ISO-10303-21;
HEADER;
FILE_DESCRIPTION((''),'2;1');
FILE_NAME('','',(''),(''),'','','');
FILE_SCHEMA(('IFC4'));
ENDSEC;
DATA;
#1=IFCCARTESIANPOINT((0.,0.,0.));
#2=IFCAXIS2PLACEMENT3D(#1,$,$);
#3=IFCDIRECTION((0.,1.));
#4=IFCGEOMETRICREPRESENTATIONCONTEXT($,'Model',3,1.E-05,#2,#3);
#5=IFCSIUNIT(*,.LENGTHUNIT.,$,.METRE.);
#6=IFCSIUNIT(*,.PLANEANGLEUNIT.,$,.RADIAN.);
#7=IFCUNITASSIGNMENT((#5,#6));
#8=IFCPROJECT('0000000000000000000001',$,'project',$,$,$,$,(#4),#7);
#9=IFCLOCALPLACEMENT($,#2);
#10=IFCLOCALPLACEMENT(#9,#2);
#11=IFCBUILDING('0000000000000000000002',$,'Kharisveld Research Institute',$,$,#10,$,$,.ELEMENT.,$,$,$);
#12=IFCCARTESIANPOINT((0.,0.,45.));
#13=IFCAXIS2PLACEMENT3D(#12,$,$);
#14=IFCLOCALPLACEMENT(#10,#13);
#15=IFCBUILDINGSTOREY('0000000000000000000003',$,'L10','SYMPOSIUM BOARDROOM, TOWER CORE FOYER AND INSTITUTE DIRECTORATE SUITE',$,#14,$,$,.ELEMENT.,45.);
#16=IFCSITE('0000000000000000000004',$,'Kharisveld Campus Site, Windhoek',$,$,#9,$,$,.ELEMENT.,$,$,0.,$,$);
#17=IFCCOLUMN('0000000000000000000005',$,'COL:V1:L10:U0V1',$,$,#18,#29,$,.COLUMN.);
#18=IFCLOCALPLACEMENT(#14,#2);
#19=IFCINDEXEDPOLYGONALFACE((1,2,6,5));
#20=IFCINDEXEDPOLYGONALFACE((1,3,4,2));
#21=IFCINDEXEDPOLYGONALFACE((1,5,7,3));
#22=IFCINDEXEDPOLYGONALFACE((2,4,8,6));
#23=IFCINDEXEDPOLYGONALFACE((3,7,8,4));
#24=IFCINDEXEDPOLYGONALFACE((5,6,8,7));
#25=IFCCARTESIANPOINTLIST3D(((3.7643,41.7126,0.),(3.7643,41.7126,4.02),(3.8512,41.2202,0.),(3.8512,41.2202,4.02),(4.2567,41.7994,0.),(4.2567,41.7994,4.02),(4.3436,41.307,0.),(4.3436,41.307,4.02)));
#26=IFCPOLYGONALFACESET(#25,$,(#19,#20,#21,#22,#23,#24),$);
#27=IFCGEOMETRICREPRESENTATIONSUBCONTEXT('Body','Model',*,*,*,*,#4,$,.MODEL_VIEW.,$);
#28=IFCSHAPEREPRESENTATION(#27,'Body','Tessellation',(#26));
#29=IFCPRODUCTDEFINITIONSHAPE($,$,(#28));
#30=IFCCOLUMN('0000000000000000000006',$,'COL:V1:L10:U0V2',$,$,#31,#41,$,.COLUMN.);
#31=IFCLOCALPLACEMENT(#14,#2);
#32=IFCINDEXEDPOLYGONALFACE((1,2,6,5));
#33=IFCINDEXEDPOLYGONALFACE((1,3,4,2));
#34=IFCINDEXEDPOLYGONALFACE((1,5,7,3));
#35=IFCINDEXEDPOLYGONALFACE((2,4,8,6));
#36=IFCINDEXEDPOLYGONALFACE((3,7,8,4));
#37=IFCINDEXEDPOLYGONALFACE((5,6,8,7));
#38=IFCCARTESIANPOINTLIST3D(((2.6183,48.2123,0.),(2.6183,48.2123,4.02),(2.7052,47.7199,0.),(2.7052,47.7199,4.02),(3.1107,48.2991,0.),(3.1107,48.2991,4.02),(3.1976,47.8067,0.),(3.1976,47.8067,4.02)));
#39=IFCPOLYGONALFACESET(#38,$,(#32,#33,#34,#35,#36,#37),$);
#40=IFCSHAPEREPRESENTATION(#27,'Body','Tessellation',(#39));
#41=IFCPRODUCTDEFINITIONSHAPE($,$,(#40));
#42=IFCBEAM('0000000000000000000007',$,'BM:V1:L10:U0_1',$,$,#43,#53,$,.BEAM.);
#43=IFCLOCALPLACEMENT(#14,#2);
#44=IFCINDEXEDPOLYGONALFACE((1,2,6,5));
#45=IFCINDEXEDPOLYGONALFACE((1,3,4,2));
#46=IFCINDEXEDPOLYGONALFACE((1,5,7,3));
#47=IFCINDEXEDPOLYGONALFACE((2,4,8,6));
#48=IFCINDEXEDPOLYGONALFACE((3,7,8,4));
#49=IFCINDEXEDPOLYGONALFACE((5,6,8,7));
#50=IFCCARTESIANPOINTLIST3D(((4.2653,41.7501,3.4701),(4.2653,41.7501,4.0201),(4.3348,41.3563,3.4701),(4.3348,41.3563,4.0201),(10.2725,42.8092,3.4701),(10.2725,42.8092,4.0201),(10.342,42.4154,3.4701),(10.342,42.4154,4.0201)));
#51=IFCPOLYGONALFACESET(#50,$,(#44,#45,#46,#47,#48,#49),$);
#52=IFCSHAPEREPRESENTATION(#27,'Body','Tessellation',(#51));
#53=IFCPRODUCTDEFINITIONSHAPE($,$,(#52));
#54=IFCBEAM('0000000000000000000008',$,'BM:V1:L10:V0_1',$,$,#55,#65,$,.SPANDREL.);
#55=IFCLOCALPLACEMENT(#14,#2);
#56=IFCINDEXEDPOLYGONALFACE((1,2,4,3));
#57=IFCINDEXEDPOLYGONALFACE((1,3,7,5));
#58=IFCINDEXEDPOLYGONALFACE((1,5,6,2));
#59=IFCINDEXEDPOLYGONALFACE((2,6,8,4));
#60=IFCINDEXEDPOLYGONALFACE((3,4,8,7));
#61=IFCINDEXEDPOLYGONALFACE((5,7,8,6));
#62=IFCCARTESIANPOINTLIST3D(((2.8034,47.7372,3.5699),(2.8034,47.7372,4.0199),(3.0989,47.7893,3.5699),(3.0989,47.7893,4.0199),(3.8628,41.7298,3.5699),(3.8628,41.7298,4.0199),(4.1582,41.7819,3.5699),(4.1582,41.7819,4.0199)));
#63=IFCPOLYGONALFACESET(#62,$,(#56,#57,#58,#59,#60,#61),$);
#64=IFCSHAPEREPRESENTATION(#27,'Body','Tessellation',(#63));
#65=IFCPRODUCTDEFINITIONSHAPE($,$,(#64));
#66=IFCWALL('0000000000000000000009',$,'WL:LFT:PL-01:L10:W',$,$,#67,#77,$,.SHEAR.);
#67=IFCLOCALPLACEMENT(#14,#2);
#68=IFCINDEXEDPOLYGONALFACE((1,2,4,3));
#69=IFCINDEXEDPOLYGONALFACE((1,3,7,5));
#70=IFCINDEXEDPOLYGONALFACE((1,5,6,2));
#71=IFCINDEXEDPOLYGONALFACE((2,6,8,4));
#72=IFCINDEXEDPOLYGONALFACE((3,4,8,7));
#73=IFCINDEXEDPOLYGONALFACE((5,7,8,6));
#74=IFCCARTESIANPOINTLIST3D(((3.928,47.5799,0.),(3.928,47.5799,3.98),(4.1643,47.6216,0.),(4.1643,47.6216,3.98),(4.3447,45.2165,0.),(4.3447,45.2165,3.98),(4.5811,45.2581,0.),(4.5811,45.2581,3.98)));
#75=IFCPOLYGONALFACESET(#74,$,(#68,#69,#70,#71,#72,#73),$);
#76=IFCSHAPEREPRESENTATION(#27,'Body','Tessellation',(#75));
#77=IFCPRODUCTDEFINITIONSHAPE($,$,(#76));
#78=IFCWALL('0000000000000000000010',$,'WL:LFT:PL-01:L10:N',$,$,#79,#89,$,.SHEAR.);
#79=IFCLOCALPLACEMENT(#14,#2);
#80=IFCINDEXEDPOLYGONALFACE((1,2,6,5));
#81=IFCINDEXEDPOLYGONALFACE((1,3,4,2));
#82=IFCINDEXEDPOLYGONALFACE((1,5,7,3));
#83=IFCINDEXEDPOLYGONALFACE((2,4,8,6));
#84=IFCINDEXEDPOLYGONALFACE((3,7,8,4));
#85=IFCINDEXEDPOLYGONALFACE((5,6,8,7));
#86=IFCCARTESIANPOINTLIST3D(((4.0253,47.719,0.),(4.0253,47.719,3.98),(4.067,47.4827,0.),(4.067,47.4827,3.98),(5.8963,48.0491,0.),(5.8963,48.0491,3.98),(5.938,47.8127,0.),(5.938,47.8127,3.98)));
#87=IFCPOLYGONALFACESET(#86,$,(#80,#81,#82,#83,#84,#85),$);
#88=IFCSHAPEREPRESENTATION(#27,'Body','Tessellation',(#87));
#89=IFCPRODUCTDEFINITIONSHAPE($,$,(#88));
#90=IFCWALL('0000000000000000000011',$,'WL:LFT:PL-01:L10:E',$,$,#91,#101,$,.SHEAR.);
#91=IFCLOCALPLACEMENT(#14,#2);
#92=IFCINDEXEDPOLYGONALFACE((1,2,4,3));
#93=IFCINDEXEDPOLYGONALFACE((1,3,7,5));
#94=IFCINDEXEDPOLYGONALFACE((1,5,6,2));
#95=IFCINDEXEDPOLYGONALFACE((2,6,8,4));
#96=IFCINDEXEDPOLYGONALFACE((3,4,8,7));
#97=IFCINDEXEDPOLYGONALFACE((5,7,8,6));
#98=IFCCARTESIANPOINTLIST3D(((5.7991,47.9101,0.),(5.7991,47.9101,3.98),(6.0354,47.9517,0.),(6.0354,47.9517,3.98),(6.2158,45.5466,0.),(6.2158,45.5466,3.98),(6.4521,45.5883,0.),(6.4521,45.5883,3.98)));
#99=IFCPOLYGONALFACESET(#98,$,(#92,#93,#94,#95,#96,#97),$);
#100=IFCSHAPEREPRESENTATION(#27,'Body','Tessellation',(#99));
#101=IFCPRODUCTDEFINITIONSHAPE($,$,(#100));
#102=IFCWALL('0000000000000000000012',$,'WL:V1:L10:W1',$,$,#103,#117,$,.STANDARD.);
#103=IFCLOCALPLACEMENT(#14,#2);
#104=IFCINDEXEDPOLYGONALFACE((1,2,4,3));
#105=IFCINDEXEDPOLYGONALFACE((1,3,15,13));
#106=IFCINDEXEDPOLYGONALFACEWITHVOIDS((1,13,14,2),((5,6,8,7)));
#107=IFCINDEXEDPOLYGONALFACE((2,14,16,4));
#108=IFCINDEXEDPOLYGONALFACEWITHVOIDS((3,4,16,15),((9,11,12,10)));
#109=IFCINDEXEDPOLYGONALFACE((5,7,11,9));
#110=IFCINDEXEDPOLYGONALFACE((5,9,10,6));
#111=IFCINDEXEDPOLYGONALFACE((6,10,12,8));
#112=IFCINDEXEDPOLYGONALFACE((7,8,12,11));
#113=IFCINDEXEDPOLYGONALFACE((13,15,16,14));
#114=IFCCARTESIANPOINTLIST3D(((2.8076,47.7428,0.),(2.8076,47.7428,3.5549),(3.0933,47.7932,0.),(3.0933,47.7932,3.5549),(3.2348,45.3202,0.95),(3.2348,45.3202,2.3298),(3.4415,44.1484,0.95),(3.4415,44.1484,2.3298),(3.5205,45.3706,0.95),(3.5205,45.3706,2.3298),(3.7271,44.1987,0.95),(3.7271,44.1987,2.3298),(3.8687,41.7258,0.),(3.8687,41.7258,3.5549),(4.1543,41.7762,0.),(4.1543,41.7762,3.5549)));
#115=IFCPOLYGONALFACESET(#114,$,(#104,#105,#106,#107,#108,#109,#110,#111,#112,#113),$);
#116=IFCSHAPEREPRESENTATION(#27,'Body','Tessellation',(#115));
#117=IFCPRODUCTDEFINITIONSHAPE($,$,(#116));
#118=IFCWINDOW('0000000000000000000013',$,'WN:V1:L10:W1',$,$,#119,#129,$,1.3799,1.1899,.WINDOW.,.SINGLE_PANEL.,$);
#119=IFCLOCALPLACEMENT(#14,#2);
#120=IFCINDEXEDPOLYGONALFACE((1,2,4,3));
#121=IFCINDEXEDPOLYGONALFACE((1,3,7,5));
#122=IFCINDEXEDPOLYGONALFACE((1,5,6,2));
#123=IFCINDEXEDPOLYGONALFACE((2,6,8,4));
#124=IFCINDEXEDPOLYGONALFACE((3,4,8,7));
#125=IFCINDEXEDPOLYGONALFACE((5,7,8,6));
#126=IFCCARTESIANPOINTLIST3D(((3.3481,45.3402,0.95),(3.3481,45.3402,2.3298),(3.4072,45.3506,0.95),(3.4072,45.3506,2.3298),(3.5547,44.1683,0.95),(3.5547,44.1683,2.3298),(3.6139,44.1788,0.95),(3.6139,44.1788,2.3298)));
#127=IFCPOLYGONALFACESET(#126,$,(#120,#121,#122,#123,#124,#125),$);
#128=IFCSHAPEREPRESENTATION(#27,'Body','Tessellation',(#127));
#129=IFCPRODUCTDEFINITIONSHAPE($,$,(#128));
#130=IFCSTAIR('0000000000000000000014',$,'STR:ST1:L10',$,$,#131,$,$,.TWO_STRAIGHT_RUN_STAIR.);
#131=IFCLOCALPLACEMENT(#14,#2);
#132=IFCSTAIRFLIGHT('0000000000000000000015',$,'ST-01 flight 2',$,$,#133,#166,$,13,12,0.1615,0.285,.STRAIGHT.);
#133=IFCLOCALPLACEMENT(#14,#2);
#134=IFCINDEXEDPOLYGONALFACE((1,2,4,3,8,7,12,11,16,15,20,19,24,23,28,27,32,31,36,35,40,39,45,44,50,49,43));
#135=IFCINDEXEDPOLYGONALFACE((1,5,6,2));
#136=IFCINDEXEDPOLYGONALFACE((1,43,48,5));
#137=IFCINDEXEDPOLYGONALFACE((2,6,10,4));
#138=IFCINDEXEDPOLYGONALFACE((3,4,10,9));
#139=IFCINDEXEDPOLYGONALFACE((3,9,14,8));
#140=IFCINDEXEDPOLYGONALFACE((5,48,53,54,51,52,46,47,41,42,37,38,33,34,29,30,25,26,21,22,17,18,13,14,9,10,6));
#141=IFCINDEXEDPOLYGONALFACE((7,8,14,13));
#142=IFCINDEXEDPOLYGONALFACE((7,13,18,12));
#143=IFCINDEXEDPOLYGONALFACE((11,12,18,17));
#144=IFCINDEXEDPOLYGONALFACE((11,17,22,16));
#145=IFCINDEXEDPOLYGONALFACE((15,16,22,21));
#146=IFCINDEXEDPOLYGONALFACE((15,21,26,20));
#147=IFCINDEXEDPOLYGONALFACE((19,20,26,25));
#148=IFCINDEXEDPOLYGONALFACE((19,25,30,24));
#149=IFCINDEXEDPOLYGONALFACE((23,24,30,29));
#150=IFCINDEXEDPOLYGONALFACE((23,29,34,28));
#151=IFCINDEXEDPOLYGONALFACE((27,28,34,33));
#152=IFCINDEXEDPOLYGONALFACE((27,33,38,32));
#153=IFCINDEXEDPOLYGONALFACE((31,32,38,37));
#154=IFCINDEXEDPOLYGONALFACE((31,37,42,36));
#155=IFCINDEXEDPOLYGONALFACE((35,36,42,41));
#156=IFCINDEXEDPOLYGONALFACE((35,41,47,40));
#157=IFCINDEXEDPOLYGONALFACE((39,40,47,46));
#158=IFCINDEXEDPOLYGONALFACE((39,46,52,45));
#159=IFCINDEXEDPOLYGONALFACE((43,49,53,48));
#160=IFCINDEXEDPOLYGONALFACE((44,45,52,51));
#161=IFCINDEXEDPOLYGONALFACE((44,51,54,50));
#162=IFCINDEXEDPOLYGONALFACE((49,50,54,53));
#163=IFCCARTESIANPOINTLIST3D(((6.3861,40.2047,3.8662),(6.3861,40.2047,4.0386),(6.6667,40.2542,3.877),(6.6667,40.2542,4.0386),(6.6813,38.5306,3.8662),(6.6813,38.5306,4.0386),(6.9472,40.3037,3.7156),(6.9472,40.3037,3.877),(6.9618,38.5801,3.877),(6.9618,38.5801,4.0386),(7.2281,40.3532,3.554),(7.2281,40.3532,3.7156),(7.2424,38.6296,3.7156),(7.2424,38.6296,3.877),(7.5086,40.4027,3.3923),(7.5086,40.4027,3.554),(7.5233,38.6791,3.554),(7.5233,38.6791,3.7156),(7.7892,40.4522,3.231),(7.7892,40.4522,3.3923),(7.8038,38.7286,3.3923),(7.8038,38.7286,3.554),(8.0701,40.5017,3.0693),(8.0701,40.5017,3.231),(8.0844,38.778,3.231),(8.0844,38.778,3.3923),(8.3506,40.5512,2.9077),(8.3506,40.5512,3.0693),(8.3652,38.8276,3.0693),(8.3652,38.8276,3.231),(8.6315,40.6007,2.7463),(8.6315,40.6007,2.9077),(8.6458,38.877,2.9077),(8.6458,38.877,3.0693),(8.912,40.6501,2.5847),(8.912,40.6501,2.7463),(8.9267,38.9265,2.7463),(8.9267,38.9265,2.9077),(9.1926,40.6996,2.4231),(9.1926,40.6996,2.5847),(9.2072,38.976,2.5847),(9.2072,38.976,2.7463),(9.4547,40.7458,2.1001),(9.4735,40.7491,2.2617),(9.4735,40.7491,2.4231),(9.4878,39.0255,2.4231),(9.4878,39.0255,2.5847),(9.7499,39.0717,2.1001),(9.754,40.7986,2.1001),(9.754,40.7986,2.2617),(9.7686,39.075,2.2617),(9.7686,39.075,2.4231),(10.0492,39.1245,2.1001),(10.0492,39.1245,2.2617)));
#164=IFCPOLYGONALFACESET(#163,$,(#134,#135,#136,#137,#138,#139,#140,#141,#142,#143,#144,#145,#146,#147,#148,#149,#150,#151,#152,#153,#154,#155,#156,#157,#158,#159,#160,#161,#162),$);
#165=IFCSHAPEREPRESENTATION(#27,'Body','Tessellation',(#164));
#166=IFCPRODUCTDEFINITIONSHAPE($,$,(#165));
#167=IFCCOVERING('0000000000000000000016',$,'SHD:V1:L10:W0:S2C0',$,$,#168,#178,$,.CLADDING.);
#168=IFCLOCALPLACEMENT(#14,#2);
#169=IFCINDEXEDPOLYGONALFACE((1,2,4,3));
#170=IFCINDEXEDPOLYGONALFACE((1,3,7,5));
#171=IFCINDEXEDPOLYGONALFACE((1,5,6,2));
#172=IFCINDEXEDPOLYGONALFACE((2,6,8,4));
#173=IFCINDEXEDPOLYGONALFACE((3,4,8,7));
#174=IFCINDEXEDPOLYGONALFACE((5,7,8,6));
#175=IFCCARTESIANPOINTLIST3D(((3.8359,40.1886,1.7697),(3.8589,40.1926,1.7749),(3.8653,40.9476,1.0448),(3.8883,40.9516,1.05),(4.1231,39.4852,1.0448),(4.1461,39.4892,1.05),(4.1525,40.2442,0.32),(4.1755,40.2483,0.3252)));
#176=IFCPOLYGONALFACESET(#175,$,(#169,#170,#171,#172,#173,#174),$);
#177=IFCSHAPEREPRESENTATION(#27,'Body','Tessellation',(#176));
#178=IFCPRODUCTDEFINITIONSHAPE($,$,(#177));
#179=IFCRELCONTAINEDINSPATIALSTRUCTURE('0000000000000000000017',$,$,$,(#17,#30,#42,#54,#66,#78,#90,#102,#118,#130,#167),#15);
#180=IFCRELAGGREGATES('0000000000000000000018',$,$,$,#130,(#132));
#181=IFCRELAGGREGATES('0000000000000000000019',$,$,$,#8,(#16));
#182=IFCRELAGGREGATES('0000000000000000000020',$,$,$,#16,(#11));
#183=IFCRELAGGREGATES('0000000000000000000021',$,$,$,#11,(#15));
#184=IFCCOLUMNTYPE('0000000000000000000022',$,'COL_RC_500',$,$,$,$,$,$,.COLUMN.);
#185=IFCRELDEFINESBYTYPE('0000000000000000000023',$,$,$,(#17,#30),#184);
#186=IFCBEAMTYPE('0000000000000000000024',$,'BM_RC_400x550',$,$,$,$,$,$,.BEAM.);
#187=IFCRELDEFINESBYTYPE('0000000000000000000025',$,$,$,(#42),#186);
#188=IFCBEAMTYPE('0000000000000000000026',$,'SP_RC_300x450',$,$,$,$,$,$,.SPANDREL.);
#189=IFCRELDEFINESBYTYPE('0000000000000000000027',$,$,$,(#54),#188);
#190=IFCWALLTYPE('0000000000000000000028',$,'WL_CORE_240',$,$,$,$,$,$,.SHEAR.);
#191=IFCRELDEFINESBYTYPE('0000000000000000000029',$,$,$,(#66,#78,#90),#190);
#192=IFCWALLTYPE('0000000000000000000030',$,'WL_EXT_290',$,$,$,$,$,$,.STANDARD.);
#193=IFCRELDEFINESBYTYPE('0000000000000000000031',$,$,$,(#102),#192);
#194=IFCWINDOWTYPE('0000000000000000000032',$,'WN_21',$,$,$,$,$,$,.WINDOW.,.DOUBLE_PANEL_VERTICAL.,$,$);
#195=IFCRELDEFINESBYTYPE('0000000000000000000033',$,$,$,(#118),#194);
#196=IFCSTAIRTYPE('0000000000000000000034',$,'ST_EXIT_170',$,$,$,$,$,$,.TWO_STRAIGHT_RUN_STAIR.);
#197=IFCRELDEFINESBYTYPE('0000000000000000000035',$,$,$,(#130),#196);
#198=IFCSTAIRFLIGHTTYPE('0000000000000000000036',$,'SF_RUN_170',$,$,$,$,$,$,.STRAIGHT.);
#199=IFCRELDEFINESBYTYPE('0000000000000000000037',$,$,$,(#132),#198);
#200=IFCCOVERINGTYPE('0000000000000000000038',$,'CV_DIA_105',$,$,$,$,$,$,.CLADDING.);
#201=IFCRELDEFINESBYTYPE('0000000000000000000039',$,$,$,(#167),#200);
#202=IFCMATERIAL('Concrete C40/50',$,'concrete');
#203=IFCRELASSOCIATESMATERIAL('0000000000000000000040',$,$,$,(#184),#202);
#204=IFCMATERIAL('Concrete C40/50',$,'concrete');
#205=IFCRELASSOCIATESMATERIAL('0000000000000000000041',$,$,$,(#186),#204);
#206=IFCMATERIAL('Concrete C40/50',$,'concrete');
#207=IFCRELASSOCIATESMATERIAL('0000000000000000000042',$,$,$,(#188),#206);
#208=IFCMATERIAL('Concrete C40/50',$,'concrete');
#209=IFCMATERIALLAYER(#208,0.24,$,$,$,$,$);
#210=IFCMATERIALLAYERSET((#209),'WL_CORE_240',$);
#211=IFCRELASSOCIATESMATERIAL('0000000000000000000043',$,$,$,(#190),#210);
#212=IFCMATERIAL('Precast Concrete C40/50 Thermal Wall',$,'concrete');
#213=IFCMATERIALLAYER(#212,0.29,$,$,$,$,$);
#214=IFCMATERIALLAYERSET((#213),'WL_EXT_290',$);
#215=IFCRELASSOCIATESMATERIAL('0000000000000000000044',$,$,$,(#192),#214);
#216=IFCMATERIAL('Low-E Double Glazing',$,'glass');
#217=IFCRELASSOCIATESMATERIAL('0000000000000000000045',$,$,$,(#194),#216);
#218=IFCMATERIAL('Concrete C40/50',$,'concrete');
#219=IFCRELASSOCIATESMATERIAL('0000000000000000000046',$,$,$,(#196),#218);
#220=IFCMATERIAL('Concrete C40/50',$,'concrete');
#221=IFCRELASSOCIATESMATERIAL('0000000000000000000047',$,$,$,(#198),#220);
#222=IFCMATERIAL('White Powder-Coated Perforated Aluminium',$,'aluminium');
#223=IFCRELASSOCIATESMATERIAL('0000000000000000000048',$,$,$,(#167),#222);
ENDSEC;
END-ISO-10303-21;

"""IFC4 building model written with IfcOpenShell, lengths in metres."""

from ifc_helpers import new_model, si_unit, direction, frame, frame_2d, origin, origin_2d, place, context, subcontext, project, spatial, polyline, rectangle, outline, extrude, material, layer, layer_set, material_profile, profile_set, type_object, element, fill, aggregate, save


model = new_model("IFC4")

# Units and contexts
model_context = context("Model", 3, precision=1e-05, world=origin(), true_north=direction((0.0, 1.0)))
body_context = subcontext(model_context, "Body", "Model", "MODEL_VIEW")
ifc_project = project(units=[si_unit("LENGTHUNIT", "METRE"), si_unit("PLANEANGLEUNIT", "RADIAN")], contexts=[model_context])

# Site, building, storey
site_placement = place(None, origin())
site = spatial("IfcSite", under=ifc_project, at=site_placement, Name="Kharisveld Campus Site, Windhoek", CompositionType="ELEMENT", RefElevation=0.0)
building_placement = place(site_placement, origin())
building = spatial("IfcBuilding", under=site, at=building_placement, Name="Kharisveld Research Institute", CompositionType="ELEMENT")
storey_placement = place(building_placement, frame((0.0, 0.0, 45.0)))
storey = spatial("IfcBuildingStorey", under=building, at=storey_placement, Name="L10", Description="SYMPOSIUM BOARDROOM, TOWER CORE FOYER AND INSTITUTE DIRECTORATE SUITE", CompositionType="ELEMENT", Elevation=45.0)

# Columns
ifc_material_1 = material(Name="Concrete C40/50", Category="concrete")
ifc_material_profile_1 = material_profile(ifc_material_1, rectangle(XDim=0.5, YDim=0.5, at=origin_2d()))
ifc_profile_set_1 = profile_set([ifc_material_profile_1], Name="Concrete C40/50")
column_type = type_object("IfcColumnType", Name="COL_RC_500", PredefinedType="COLUMN", material=ifc_profile_set_1)
for number, where, z_axis, x_axis, name in (
    (1, (4.054, 41.5098, 0.0), (0.0, 0.0, 1.0), (0.984808, 0.173648, 0.0), "COL:V1:L10:U0V1"),
    (2, (2.908, 48.0095, 0.0), (0.0, 0.0, 1.0), (0.984808, 0.173648, 0.0), "COL:V1:L10:U0V2"),
):
    element("IfcColumn", number, at=place(storey_placement, frame(where, z_axis=z_axis, x_axis=x_axis)), inside=storey, type_object=column_type, Name=name, PredefinedType="COLUMN", context=body_context, shape_type="SweptSolid", body=[
        extrude(rectangle(XDim=0.5, YDim=0.5, at=origin_2d()), origin(), (0.0, 0.0, 1.0), 4.02),
    ])

# Beams
ifc_material_2 = material(Name="Concrete C40/50", Category="concrete")
ifc_material_profile_2 = material_profile(ifc_material_2, rectangle(XDim=0.3999, YDim=0.55, at=origin_2d()))
ifc_profile_set_2 = profile_set([ifc_material_profile_2], Name="Concrete C40/50")
beam_type_1 = type_object("IfcBeamType", Name="BM_RC_400x550", PredefinedType="BEAM", material=ifc_profile_set_2)
beam_1_placement = place(storey_placement, frame((4.3, 41.5532, 3.7451), z_axis=(0.984813, 0.173621, 0.0), x_axis=(-0.173621, 0.984813, 0.0)))
element("IfcBeam", 3, at=beam_1_placement, inside=storey, type_object=beam_type_1, Name="BM:V1:L10:U0_1", PredefinedType="BEAM", context=body_context, shape_type="SweptSolid", body=[
    extrude(rectangle(XDim=0.3999, YDim=0.55, at=origin_2d()), origin(), (0.0, 0.0, 1.0), 6.0999),
])
ifc_material_3 = material(Name="Concrete C40/50", Category="concrete")
ifc_material_profile_3 = material_profile(ifc_material_3, rectangle(XDim=0.3, YDim=0.45, at=origin_2d()))
ifc_profile_set_3 = profile_set([ifc_material_profile_3], Name="Concrete C40/50")
beam_type_2 = type_object("IfcBeamType", Name="SP_RC_300x450", PredefinedType="SPANDREL", material=ifc_profile_set_3)
beam_2_placement = place(storey_placement, frame((4.0105, 41.7559, 3.7949), z_axis=(-0.17366, 0.984806, 0.0), x_axis=(-0.984806, -0.17366, 0.0)))
element("IfcBeam", 4, at=beam_2_placement, inside=storey, type_object=beam_type_2, Name="BM:V1:L10:V0_1", PredefinedType="SPANDREL", context=body_context, shape_type="SweptSolid", body=[
    extrude(rectangle(XDim=0.3, YDim=0.45, at=origin_2d()), origin(), (0.0, 0.0, 1.0), 6.1001),
])

# Walls
ifc_material_4 = material(Name="Concrete C40/50", Category="concrete")
ifc_layer_1 = layer(ifc_material_4, 0.24)
ifc_layer_set_1 = layer_set([ifc_layer_1], Name="WL_CORE_240")
wall_type_1 = type_object("IfcWallType", Name="WL_CORE_240", PredefinedType="SHEAR", material=ifc_layer_set_1)
wall_1_placement = place(storey_placement, frame((4.4629, 45.2373, 0.0), z_axis=(0.0, 0.0, 1.0), x_axis=(-0.173646, 0.984808, 0.0)))
element("IfcWall", 5, at=wall_1_placement, inside=storey, type_object=wall_type_1, Name="WL:LFT:PL-01:L10:W", PredefinedType="SHEAR", context=body_context, shape_type="SweptSolid", body=[
    extrude(rectangle(XDim=2.3999, YDim=0.24, at=frame_2d((1.2, 0.0))), origin(), (0.0, 0.0, 1.0), 3.98),
])
wall_2_placement = place(storey_placement, frame((4.0461, 47.6008, 0.0), z_axis=(0.0, 0.0, 1.0), x_axis=(0.984794, 0.173727, 0.0)))
element("IfcWall", 6, at=wall_2_placement, inside=storey, type_object=wall_type_1, Name="WL:LFT:PL-01:L10:N", PredefinedType="SHEAR", context=body_context, shape_type="SweptSolid", body=[
    extrude(rectangle(XDim=1.8999, YDim=0.24, at=frame_2d((0.95, 0.0))), origin(), (0.0, 0.0, 1.0), 3.98),
])
wall_3_placement = place(storey_placement, frame((5.9172, 47.9309, 0.0), z_axis=(0.0, 0.0, 1.0), x_axis=(0.173646, -0.984808, 0.0)))
element("IfcWall", 7, at=wall_3_placement, inside=storey, type_object=wall_type_1, Name="WL:LFT:PL-01:L10:E", PredefinedType="SHEAR", context=body_context, shape_type="SweptSolid", body=[
    extrude(rectangle(XDim=2.3999, YDim=0.24, at=frame_2d((1.2, 0.0))), origin(), (0.0, 0.0, 1.0), 3.98),
])

# Wall, opening, window
ifc_material_5 = material(Name="Precast Concrete C40/50 Thermal Wall", Category="concrete")
ifc_layer_2 = layer(ifc_material_5, 0.29)
ifc_layer_set_2 = layer_set([ifc_layer_2], Name="WL_EXT_290")
wall_type_2 = type_object("IfcWallType", Name="WL_EXT_290", PredefinedType="STANDARD", material=ifc_layer_set_2)
wall_4_placement = place(storey_placement, frame((4.0115, 41.751, 0.0), z_axis=(0.0, 0.0, 1.0), x_axis=(-0.173658, 0.984806, 0.0)))
wall_4 = element("IfcWall", 8, at=wall_4_placement, inside=storey, type_object=wall_type_2, Name="WL:V1:L10:W1", PredefinedType="STANDARD", context=body_context, shape_type="SweptSolid", body=[
    extrude(rectangle(XDim=6.1099, YDim=0.29, at=frame_2d((3.0549, 0.0))), origin(), (0.0, 0.0, 1.0), 3.5549),
])
opening_1_placement = place(wall_4_placement, frame((2.46, 0.0, 0.95)))
opening_1 = element("IfcOpeningElement", 9, at=opening_1_placement, cuts=wall_4, PredefinedType="OPENING", context=body_context, shape_type="SweptSolid", body=[
    extrude(rectangle(XDim=1.1899, YDim=1.3799, at=frame_2d((0.595, 0.6899))), frame((0.0, 0.145, 0.0), z_axis=(0.0, -1.0, 0.0), x_axis=(1.0, 0.0, 0.0)), (0.0, 0.0, 1.0), 0.29),
])
ifc_material_6 = material(Name="Low-E Double Glazing", Category="glass")
window_type = type_object("IfcWindowType", Name="WN_21", PartitioningType="DOUBLE_PANEL_VERTICAL", PredefinedType="WINDOW", material=ifc_material_6)
window_placement = place(opening_1_placement, origin())
window = element("IfcWindow", 10, at=window_placement, inside=storey, type_object=window_type, Name="WN:V1:L10:W1", OverallHeight=1.3799, OverallWidth=1.1899, PartitioningType="SINGLE_PANEL", PredefinedType="WINDOW", context=body_context, shape_type="SweptSolid", body=[
    extrude(rectangle(XDim=1.1899, YDim=1.3799, at=frame_2d((0.595, 0.6899))), frame((0.0, 0.03, 0.0), z_axis=(0.0, -1.0, 0.0), x_axis=(1.0, 0.0, 0.0)), (0.0, 0.0, 1.0), 0.0601),
])
fill(opening_1, window)

# Stair, stair flight
ifc_material_7 = material(Name="Concrete C40/50", Category="concrete")
stair_type = type_object("IfcStairType", Name="ST_EXIT_170", PredefinedType="TWO_STRAIGHT_RUN_STAIR", material=ifc_material_7)
stair_placement = place(storey_placement, origin())
stair = element("IfcStair", 11, at=stair_placement, inside=storey, type_object=stair_type, Name="STR:ST1:L10", PredefinedType="TWO_STRAIGHT_RUN_STAIR")
ifc_material_8 = material(Name="Concrete C40/50", Category="concrete")
stair_flight_type = type_object("IfcStairFlightType", Name="SF_RUN_170", PredefinedType="STRAIGHT", material=ifc_material_8)
stair_flight_placement = place(storey_placement, frame((9.9016, 39.9617, 2.1001), z_axis=(0.0, 0.0, 1.0), x_axis=(-0.984808, -0.173648, 0.0)))
stair_flight = element("IfcStairFlight", 12, at=stair_flight_placement, type_object=stair_flight_type, Name="ST-01 flight 2", NumberOfRisers=13, NumberOfTreads=12, PredefinedType="STRAIGHT", RiserHeight=0.1615, TreadLength=0.285, context=body_context, shape_type="SweptSolid", body=[
    extrude(outline(polyline([(0.0, 0.0), (0.0, 0.1616), (0.2849, 0.1616), (0.2849, 0.323), (0.5701, 0.323), (0.5701, 0.4846), (0.855, 0.4846), (0.855, 0.6462), (1.1399, 0.6462), (1.1399, 0.8076), (1.425, 0.8076), (1.425, 0.9692), (1.71, 0.9692), (1.71, 1.1309), (1.9951, 1.1309), (1.9951, 1.2922), (2.28, 1.2922), (2.28, 1.4539), (2.5649, 1.4539), (2.5649, 1.6155), (2.8501, 1.6155), (2.8501, 1.7769), (3.135, 1.7769), (3.135, 1.9385), (3.4199, 1.9385), (3.4199, 2.1001), (3.4199, 1.7661), (0.304, 0.0), (0.0, 0.0)])), frame((0.0, 0.8501, 0.0), z_axis=(0.0, -1.0, 0.0), x_axis=(1.0, 0.0, 0.0)), (0.0, 0.0, 1.0), 1.7),
])
aggregate(stair, [stair_flight])

# Covering
ifc_material_9 = material(Name="White Powder-Coated Perforated Aluminium", Category="aluminium")
covering_type = type_object("IfcCoveringType", Name="CV_DIA_105", PredefinedType="CLADDING")
for number, where, z_axis, x_axis, name in (
    (13, (4.1755, 40.2483, 0.3252), (0.961453, 0.169498, 0.216512), (-0.273536, 0.669834, 0.69029), "SHD:V1:L10:W0:S2C0"),
):
    element("IfcCovering", number, at=place(storey_placement, frame(where, z_axis=z_axis, x_axis=x_axis)), inside=storey, type_object=covering_type, material=ifc_material_9, Name=name, PredefinedType="CLADDING", context=body_context, shape_type="SweptSolid", body=[
        extrude(outline(polyline([(0.0, 0.0), (1.05, 0.0), (1.05, 1.05), (-0.0001, 1.05), (0.0, 0.0)])), origin(), (0.0, 0.0, -1.0), 0.0239),
    ])

save(model, "model.ifc")
